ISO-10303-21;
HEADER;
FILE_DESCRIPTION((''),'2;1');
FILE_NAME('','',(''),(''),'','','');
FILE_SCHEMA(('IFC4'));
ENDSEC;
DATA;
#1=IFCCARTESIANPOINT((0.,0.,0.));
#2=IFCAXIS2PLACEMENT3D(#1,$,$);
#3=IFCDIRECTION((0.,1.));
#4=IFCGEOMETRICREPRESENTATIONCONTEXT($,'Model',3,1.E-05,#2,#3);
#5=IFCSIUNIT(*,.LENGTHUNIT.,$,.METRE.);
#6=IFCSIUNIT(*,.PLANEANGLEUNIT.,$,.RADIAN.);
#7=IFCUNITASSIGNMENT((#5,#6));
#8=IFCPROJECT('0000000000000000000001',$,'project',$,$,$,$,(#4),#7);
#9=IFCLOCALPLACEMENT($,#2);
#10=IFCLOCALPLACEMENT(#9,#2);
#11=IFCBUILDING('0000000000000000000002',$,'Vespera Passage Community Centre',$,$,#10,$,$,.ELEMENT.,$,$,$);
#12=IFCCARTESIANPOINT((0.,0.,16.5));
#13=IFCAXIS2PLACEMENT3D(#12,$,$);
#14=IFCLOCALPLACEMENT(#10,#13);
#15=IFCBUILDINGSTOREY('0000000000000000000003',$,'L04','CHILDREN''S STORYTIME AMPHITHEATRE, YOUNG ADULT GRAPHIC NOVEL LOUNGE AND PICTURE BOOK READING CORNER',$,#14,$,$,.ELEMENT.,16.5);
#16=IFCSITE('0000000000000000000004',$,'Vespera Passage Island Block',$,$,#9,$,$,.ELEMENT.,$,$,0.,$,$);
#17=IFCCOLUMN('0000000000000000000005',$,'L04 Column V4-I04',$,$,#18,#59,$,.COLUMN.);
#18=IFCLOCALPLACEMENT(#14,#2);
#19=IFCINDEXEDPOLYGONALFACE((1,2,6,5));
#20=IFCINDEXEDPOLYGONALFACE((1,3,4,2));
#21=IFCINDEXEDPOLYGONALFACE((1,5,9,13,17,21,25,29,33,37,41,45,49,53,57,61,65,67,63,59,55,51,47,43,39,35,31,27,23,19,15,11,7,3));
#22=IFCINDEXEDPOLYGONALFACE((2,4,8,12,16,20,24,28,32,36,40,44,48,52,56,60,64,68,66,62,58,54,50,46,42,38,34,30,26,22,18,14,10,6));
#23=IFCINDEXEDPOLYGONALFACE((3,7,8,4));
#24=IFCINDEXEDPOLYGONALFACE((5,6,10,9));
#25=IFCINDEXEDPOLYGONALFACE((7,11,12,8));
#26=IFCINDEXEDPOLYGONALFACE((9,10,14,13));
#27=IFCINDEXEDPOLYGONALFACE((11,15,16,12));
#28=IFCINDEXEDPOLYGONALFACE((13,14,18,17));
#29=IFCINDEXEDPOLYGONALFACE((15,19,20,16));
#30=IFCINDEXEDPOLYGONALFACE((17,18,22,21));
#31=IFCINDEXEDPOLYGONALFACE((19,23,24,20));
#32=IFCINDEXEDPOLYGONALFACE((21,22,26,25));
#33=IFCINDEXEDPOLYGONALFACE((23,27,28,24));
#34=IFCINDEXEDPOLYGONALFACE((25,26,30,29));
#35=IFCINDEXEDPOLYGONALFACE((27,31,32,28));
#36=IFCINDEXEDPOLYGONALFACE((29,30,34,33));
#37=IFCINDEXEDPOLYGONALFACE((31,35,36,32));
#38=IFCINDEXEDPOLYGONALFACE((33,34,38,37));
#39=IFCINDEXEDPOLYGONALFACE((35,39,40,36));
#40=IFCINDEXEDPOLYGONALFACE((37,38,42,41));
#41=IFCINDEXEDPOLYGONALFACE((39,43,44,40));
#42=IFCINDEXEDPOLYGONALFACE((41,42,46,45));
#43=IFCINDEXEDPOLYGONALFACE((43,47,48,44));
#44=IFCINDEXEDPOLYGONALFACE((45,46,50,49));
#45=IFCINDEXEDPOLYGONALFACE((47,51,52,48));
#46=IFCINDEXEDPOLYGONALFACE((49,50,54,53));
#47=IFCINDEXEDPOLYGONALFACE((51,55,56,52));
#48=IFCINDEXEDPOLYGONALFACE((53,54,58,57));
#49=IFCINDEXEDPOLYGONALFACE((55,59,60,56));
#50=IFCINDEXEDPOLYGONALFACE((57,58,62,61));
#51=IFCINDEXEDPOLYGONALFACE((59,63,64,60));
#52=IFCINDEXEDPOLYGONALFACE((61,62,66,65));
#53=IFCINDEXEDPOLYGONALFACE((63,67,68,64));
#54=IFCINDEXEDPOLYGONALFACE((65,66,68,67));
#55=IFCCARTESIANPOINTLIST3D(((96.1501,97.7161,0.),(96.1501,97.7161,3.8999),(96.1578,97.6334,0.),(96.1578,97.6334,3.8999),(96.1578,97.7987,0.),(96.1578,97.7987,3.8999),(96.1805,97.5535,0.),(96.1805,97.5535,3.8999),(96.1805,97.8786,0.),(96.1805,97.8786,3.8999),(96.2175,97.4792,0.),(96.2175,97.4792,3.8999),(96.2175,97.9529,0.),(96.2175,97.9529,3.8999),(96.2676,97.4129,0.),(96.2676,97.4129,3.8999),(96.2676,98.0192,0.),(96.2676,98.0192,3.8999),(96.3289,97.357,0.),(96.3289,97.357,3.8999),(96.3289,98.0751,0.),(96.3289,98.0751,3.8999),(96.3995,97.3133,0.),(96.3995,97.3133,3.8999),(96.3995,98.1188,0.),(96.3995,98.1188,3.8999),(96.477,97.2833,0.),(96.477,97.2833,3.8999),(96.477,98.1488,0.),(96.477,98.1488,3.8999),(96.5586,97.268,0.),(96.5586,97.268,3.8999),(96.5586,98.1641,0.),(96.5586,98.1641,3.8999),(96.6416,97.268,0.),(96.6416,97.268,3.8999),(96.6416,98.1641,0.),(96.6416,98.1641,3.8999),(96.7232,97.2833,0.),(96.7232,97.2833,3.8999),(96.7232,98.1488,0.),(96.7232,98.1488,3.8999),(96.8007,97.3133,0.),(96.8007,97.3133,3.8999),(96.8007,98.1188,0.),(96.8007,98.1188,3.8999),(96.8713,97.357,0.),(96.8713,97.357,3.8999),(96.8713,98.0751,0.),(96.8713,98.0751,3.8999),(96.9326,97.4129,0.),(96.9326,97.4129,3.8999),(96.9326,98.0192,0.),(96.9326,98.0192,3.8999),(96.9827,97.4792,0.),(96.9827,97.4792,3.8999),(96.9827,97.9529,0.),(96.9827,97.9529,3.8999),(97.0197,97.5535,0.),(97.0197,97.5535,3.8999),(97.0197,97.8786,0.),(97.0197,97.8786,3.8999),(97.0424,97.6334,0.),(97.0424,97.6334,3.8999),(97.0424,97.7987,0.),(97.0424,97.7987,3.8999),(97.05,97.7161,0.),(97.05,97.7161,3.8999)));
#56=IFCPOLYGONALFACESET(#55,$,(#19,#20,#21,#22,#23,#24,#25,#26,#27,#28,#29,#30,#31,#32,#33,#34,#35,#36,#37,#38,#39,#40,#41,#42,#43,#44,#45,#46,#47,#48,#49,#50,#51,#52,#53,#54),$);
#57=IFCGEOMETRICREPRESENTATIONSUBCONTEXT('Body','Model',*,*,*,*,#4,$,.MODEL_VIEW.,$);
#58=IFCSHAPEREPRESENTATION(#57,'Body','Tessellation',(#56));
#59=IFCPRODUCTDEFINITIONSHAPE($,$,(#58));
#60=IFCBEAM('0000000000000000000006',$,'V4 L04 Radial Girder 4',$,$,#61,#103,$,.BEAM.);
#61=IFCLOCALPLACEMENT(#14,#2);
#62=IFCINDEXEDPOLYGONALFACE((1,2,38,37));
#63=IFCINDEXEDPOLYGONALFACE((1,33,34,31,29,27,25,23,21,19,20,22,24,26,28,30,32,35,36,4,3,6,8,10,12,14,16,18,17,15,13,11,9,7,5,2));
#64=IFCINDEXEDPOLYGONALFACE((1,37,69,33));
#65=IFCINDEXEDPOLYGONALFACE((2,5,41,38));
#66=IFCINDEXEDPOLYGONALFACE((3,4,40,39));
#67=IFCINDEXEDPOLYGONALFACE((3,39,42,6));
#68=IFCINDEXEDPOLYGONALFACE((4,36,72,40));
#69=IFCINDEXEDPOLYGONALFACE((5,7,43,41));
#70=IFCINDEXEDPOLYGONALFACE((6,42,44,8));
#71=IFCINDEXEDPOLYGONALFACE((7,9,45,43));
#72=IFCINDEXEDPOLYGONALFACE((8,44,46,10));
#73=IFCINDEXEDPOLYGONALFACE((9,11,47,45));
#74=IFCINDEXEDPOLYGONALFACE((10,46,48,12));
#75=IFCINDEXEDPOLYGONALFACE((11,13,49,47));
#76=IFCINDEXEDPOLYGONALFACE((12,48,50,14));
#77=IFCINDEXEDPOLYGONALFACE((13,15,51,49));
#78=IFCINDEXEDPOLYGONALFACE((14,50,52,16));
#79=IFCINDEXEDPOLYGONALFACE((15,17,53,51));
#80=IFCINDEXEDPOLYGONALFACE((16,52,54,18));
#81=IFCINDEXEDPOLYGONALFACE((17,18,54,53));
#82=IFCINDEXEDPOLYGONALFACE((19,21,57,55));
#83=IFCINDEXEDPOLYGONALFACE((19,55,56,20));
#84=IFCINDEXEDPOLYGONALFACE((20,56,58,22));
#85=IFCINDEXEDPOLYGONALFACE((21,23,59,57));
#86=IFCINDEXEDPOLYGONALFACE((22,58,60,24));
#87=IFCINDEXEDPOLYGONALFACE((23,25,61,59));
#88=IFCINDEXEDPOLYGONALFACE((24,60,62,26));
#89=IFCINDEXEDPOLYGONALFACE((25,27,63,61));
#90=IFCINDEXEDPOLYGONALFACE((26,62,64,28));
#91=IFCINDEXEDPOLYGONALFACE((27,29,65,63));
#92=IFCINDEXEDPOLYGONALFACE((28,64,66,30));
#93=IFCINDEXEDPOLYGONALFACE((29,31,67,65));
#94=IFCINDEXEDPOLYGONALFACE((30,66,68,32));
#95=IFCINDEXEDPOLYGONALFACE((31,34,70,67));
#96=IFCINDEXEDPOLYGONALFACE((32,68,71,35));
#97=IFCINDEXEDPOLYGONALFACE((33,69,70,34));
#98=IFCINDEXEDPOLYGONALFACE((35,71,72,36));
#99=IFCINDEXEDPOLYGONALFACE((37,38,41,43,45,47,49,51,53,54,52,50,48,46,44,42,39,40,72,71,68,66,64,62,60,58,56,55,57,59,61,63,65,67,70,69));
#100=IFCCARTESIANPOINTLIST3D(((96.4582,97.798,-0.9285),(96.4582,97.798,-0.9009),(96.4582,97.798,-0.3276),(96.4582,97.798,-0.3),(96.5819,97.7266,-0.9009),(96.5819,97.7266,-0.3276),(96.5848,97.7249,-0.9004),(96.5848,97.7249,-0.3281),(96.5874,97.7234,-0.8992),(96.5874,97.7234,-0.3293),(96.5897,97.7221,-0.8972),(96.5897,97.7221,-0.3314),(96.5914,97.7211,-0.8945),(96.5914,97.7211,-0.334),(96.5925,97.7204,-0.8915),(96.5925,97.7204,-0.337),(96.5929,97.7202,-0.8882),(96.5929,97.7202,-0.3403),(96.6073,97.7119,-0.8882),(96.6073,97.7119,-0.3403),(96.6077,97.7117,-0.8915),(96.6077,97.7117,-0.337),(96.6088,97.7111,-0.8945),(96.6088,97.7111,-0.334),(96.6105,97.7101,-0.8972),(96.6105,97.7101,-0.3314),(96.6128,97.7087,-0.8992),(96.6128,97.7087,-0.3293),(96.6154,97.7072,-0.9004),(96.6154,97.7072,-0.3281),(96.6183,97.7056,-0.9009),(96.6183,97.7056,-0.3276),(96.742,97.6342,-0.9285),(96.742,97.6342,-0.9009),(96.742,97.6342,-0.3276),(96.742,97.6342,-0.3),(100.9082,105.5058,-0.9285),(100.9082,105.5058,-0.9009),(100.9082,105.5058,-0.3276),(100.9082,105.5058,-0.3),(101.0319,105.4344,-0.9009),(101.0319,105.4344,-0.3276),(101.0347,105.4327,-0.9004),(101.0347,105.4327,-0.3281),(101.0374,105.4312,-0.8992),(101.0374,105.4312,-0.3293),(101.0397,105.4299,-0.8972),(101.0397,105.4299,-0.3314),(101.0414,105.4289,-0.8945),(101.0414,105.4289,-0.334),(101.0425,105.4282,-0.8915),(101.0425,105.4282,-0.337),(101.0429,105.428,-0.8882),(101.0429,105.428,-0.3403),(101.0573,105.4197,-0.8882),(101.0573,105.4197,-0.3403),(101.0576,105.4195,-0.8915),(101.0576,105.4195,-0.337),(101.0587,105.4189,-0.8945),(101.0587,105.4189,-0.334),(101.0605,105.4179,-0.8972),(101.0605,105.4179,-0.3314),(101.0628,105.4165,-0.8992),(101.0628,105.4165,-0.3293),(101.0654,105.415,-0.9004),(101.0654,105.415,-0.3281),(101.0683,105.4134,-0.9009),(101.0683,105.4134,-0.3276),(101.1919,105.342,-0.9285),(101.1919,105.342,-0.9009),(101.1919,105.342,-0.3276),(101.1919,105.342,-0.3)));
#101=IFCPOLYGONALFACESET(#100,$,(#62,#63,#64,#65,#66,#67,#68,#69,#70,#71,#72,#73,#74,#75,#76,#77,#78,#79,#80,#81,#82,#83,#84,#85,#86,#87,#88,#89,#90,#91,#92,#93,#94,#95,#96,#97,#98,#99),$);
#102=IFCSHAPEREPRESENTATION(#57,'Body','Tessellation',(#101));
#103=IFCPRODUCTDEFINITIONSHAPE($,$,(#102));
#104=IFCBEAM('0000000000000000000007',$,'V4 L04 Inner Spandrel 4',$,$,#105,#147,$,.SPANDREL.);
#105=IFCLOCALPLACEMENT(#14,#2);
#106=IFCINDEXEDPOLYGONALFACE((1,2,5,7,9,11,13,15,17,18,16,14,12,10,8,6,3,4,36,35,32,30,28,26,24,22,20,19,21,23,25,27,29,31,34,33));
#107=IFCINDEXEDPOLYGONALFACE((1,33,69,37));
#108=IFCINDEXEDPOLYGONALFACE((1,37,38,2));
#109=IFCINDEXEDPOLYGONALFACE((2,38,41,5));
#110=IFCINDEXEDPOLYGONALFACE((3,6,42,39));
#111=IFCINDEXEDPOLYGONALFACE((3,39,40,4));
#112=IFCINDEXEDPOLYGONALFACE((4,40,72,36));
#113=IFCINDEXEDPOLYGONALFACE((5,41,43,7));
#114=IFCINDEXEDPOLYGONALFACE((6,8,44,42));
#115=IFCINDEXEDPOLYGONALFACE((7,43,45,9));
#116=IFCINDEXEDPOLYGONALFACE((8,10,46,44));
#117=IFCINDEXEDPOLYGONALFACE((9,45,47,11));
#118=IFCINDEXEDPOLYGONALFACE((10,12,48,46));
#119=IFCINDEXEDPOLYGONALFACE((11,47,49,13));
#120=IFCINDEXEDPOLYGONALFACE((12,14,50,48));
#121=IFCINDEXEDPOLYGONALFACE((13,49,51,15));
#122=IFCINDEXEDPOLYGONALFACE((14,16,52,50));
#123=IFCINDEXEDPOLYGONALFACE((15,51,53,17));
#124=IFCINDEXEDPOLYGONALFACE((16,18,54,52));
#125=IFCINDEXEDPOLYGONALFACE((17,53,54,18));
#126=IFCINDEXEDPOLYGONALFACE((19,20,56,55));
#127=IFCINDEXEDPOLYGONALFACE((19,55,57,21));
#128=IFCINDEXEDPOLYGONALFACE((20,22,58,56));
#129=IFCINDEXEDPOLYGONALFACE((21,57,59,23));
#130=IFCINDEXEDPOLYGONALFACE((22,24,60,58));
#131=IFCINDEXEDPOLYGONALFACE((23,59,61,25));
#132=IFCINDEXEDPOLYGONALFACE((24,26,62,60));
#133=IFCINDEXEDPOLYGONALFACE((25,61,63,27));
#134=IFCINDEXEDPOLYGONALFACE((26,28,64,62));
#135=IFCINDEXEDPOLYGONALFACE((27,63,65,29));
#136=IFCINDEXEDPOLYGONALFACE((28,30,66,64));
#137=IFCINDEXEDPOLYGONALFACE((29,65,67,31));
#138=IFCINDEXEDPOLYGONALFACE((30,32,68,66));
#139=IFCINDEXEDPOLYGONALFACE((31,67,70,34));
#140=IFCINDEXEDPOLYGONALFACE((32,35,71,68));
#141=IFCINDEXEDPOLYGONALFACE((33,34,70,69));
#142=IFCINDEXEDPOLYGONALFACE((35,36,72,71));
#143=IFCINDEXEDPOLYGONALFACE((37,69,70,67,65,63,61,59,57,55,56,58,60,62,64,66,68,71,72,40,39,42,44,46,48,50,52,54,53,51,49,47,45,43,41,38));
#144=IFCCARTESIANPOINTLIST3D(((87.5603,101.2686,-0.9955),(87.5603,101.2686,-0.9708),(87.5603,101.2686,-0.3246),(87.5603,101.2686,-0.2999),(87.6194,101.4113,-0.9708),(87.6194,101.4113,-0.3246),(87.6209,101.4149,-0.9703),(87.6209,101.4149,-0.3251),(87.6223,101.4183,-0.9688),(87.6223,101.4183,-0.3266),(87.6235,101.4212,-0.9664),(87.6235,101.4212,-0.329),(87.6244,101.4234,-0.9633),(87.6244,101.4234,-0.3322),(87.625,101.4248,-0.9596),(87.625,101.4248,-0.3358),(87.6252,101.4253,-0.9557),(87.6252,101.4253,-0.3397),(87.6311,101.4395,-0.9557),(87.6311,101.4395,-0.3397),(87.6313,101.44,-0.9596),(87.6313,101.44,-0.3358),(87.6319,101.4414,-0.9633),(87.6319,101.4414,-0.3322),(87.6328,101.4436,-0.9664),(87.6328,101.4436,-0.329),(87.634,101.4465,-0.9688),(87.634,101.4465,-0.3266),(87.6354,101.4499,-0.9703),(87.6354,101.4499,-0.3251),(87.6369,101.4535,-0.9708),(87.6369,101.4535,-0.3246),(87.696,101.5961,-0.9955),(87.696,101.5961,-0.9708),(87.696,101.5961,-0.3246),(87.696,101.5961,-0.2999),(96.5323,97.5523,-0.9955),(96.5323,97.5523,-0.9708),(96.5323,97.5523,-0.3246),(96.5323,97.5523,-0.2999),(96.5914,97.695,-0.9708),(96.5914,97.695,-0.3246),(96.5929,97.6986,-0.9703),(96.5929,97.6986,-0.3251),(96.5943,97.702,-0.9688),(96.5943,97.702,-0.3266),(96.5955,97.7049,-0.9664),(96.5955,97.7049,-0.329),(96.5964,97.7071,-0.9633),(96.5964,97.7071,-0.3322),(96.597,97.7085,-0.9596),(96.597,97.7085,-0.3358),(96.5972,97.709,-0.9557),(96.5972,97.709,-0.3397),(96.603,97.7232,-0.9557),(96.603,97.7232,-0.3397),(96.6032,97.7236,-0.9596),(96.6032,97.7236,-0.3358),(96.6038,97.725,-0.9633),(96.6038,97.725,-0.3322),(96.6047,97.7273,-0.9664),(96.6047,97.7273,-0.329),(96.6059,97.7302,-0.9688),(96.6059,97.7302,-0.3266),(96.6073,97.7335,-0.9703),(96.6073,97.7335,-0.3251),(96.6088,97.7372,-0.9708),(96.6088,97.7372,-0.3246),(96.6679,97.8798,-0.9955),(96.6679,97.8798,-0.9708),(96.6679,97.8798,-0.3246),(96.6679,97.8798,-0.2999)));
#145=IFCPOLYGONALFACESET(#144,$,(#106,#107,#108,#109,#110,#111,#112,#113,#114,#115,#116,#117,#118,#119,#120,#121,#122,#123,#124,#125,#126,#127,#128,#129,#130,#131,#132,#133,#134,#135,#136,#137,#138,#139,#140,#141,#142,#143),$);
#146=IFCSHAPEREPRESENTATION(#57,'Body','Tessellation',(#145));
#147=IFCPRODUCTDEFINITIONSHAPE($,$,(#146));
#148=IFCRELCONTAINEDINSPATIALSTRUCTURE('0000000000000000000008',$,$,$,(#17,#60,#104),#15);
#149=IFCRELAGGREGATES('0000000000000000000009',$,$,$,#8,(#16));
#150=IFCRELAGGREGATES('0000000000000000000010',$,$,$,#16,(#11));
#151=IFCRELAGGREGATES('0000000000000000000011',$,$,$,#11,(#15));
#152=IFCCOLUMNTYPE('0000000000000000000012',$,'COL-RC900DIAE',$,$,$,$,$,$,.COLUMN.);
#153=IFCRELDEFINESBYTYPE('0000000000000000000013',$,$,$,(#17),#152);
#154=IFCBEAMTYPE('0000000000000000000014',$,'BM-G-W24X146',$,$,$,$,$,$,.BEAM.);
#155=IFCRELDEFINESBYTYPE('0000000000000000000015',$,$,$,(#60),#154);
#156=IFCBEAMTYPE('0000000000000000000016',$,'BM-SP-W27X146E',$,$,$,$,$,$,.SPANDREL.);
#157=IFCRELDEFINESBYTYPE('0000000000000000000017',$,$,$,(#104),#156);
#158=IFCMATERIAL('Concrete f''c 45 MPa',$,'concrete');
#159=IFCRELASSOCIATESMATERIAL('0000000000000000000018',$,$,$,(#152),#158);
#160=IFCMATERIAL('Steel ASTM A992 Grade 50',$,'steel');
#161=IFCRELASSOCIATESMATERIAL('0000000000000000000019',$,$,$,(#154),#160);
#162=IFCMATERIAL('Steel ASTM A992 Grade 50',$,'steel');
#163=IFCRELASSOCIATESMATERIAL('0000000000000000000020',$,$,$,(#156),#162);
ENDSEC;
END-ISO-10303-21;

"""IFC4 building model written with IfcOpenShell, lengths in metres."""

from ifc_helpers import new_model, si_unit, direction, frame, origin, origin_2d, place, context, subcontext, project, spatial, circle, i_section, extrude, material, material_profile, profile_set, type_object, element, save


model = new_model("IFC4")

# Units and contexts
model_context = context("Model", 3, precision=1e-05, world=origin(), true_north=direction((0.0, 1.0)))
body_context = subcontext(model_context, "Body", "Model", "MODEL_VIEW")
ifc_project = project(units=[si_unit("LENGTHUNIT", "METRE"), si_unit("PLANEANGLEUNIT", "RADIAN")], contexts=[model_context])

# Site, building, storey
site_placement = place(None, origin())
site = spatial("IfcSite", under=ifc_project, at=site_placement, Name="Vespera Passage Island Block", CompositionType="ELEMENT", RefElevation=0.0)
building_placement = place(site_placement, origin())
building = spatial("IfcBuilding", under=site, at=building_placement, Name="Vespera Passage Community Centre", CompositionType="ELEMENT")
storey_placement = place(building_placement, frame((0.0, 0.0, 16.5)))
storey = spatial("IfcBuildingStorey", under=building, at=storey_placement, Name="L04", Description="CHILDREN'S STORYTIME AMPHITHEATRE, YOUNG ADULT GRAPHIC NOVEL LOUNGE AND PICTURE BOOK READING CORNER", CompositionType="ELEMENT", Elevation=16.5)

# Column
ifc_material_1 = material(Name="Concrete f'c 45 MPa", Category="concrete")
ifc_material_profile_1 = material_profile(ifc_material_1, circle(Radius=0.45, at=origin_2d()), Name="RC900DIA")
ifc_profile_set_1 = profile_set([ifc_material_profile_1], Name="Concrete f'c 45 MPa")
column_type = type_object("IfcColumnType", Name="COL-RC900DIAE", PredefinedType="COLUMN", material=ifc_profile_set_1)
column_placement = place(storey_placement, frame((96.6001, 97.7161, 0.0), z_axis=(0.0, 0.0, 1.0), x_axis=(1.0, 0.0, 0.0)))
element("IfcColumn", 1, at=column_placement, inside=storey, type_object=column_type, Name="L04 Column V4-I04", PredefinedType="COLUMN", context=body_context, shape_type="SweptSolid", body=[
    extrude(circle(Radius=0.45, at=origin_2d()), origin(), (0.0, 0.0, 1.0), 3.8999),
])

# Beams
ifc_material_2 = material(Name="Steel ASTM A992 Grade 50", Category="steel")
ifc_material_profile_2 = material_profile(ifc_material_2, i_section(OverallWidth=0.3276, OverallDepth=0.6284, WebThickness=0.0166, FlangeThickness=0.0276, FilletRadius=0.0127, at=origin_2d()), Name="W24X146")
ifc_profile_set_2 = profile_set([ifc_material_profile_2], Name="Steel ASTM A992 Grade 50")
beam_type_1 = type_object("IfcBeamType", Name="BM-G-W24X146", PredefinedType="BEAM", material=ifc_profile_set_2)
beam_1_placement = place(storey_placement, frame((96.6001, 97.7161, -0.6143), z_axis=(0.499989, 0.866032, 0.0), x_axis=(-0.866032, 0.499989, 0.0)))
element("IfcBeam", 2, at=beam_1_placement, inside=storey, type_object=beam_type_1, Name="V4 L04 Radial Girder 4", PredefinedType="BEAM", context=body_context, shape_type="SweptSolid", body=[
    extrude(i_section(OverallWidth=0.3276, OverallDepth=0.6284, WebThickness=0.0166, FlangeThickness=0.0276, FilletRadius=0.0127, at=origin_2d()), origin(), (0.0, 0.0, 1.0), 8.9001),
])
ifc_material_3 = material(Name="Steel ASTM A992 Grade 50", Category="steel")
ifc_material_profile_3 = material_profile(ifc_material_3, i_section(OverallWidth=0.3545, OverallDepth=0.6956, WebThickness=0.0154, FlangeThickness=0.0247, FilletRadius=0.0151, at=origin_2d()), Name="W27X146")
ifc_profile_set_3 = profile_set([ifc_material_profile_3], Name="Steel ASTM A992 Grade 50")
beam_type_2 = type_object("IfcBeamType", Name="BM-SP-W27X146E", PredefinedType="SPANDREL", material=ifc_profile_set_3)
beam_2_placement = place(storey_placement, frame((96.6001, 97.7161, -0.6477), z_axis=(-0.923879, 0.382685, 0.0), x_axis=(-0.382685, -0.923879, 0.0)))
element("IfcBeam", 3, at=beam_2_placement, inside=storey, type_object=beam_type_2, Name="V4 L04 Inner Spandrel 4", PredefinedType="SPANDREL", context=body_context, shape_type="SweptSolid", body=[
    extrude(i_section(OverallWidth=0.3545, OverallDepth=0.6956, WebThickness=0.0154, FlangeThickness=0.0247, FilletRadius=0.0151, at=origin_2d()), origin(), (0.0, 0.0, 1.0), 9.7112),
])

save(model, "model.ifc")
